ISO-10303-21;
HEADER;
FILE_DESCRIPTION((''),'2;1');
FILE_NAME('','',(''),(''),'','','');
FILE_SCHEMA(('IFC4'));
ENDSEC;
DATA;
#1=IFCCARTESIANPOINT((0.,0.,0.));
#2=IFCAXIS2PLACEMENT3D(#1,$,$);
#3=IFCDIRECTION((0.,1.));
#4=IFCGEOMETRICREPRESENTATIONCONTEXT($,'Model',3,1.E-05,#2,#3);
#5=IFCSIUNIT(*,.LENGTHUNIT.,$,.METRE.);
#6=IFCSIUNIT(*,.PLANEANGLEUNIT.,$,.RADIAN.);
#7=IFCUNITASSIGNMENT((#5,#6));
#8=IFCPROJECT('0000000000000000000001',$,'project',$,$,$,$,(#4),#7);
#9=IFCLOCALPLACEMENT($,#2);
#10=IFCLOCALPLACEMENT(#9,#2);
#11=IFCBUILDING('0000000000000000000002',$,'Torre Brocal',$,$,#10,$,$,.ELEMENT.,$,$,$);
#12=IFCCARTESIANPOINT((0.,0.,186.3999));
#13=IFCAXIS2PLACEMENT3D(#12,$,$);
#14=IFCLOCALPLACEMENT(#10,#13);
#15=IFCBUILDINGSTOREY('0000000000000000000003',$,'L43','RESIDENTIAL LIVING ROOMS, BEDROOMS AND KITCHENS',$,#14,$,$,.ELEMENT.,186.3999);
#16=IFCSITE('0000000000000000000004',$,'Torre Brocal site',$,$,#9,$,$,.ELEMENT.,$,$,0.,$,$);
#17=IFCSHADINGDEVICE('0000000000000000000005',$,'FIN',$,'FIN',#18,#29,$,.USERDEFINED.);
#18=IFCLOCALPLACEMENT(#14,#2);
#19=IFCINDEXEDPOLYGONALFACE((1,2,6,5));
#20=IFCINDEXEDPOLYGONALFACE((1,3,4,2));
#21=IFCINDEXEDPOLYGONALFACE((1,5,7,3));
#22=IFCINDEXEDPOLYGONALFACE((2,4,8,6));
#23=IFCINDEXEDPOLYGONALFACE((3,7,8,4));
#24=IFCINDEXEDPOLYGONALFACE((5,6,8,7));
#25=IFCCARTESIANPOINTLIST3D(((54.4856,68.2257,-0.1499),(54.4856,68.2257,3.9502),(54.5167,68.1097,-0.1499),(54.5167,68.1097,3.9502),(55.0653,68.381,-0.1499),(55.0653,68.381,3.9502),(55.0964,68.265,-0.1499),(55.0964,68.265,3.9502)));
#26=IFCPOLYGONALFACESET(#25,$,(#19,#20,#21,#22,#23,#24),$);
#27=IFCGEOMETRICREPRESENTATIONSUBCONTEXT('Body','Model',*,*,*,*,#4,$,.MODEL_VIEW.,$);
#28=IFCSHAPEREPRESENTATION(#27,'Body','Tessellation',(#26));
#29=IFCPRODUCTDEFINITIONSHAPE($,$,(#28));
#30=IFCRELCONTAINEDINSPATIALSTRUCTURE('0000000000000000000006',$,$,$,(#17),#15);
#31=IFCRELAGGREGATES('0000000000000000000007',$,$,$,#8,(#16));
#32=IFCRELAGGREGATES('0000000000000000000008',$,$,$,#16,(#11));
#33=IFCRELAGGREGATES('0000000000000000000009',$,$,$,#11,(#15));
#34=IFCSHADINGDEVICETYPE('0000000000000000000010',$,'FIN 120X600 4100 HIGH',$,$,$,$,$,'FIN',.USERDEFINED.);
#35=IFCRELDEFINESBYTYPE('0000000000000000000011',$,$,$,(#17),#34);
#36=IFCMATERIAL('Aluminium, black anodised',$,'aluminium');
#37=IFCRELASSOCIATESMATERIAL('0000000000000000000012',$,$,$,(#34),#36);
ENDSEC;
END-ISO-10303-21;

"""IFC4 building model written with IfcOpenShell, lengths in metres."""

from ifc_helpers import new_model, si_unit, direction, frame, origin, origin_2d, place, context, subcontext, project, spatial, rectangle, extrude, material, material_profile, profile_set, type_object, element, save


model = new_model("IFC4")

# Units and contexts
model_context = context("Model", 3, precision=1e-05, world=origin(), true_north=direction((0.0, 1.0)))
body_context = subcontext(model_context, "Body", "Model", "MODEL_VIEW")
ifc_project = project(units=[si_unit("LENGTHUNIT", "METRE"), si_unit("PLANEANGLEUNIT", "RADIAN")], contexts=[model_context])

# Site, building, storey
site_placement = place(None, origin())
site = spatial("IfcSite", under=ifc_project, at=site_placement, Name="Torre Brocal site", CompositionType="ELEMENT", RefElevation=0.0)
building_placement = place(site_placement, origin())
building = spatial("IfcBuilding", under=site, at=building_placement, Name="Torre Brocal", CompositionType="ELEMENT")
storey_placement = place(building_placement, frame((0.0, 0.0, 186.3999)))
storey = spatial("IfcBuildingStorey", under=building, at=storey_placement, Name="L43", Description="RESIDENTIAL LIVING ROOMS, BEDROOMS AND KITCHENS", CompositionType="ELEMENT", Elevation=186.3999)

# Shading device
ifc_material_1 = material(Name="Aluminium, black anodised", Category="aluminium")
ifc_material_profile_1 = material_profile(ifc_material_1, rectangle(XDim=0.1201, YDim=0.6001, at=origin_2d()), Name="FIN 120X600 4100 HIGH")
ifc_profile_set_1 = profile_set([ifc_material_profile_1], Name="Aluminium, black anodised")
shading_device_type = type_object("IfcShadingDeviceType", Name="FIN 120X600 4100 HIGH", ElementType="FIN", PredefinedType="USERDEFINED", material=ifc_profile_set_1)
shading_device_placement = place(storey_placement, frame((54.791, 68.2454, -0.1499), z_axis=(0.0, 0.0, 1.0), x_axis=(0.258819, -0.965926, 0.0)))
element("IfcShadingDevice", 1, at=shading_device_placement, inside=storey, type_object=shading_device_type, Name="FIN", ObjectType="FIN", PredefinedType="USERDEFINED", context=body_context, shape_type="SweptSolid", body=[
    extrude(rectangle(XDim=0.1201, YDim=0.6001, at=origin_2d()), origin(), (0.0, 0.0, 1.0), 4.1001),
])

save(model, "model.ifc")
